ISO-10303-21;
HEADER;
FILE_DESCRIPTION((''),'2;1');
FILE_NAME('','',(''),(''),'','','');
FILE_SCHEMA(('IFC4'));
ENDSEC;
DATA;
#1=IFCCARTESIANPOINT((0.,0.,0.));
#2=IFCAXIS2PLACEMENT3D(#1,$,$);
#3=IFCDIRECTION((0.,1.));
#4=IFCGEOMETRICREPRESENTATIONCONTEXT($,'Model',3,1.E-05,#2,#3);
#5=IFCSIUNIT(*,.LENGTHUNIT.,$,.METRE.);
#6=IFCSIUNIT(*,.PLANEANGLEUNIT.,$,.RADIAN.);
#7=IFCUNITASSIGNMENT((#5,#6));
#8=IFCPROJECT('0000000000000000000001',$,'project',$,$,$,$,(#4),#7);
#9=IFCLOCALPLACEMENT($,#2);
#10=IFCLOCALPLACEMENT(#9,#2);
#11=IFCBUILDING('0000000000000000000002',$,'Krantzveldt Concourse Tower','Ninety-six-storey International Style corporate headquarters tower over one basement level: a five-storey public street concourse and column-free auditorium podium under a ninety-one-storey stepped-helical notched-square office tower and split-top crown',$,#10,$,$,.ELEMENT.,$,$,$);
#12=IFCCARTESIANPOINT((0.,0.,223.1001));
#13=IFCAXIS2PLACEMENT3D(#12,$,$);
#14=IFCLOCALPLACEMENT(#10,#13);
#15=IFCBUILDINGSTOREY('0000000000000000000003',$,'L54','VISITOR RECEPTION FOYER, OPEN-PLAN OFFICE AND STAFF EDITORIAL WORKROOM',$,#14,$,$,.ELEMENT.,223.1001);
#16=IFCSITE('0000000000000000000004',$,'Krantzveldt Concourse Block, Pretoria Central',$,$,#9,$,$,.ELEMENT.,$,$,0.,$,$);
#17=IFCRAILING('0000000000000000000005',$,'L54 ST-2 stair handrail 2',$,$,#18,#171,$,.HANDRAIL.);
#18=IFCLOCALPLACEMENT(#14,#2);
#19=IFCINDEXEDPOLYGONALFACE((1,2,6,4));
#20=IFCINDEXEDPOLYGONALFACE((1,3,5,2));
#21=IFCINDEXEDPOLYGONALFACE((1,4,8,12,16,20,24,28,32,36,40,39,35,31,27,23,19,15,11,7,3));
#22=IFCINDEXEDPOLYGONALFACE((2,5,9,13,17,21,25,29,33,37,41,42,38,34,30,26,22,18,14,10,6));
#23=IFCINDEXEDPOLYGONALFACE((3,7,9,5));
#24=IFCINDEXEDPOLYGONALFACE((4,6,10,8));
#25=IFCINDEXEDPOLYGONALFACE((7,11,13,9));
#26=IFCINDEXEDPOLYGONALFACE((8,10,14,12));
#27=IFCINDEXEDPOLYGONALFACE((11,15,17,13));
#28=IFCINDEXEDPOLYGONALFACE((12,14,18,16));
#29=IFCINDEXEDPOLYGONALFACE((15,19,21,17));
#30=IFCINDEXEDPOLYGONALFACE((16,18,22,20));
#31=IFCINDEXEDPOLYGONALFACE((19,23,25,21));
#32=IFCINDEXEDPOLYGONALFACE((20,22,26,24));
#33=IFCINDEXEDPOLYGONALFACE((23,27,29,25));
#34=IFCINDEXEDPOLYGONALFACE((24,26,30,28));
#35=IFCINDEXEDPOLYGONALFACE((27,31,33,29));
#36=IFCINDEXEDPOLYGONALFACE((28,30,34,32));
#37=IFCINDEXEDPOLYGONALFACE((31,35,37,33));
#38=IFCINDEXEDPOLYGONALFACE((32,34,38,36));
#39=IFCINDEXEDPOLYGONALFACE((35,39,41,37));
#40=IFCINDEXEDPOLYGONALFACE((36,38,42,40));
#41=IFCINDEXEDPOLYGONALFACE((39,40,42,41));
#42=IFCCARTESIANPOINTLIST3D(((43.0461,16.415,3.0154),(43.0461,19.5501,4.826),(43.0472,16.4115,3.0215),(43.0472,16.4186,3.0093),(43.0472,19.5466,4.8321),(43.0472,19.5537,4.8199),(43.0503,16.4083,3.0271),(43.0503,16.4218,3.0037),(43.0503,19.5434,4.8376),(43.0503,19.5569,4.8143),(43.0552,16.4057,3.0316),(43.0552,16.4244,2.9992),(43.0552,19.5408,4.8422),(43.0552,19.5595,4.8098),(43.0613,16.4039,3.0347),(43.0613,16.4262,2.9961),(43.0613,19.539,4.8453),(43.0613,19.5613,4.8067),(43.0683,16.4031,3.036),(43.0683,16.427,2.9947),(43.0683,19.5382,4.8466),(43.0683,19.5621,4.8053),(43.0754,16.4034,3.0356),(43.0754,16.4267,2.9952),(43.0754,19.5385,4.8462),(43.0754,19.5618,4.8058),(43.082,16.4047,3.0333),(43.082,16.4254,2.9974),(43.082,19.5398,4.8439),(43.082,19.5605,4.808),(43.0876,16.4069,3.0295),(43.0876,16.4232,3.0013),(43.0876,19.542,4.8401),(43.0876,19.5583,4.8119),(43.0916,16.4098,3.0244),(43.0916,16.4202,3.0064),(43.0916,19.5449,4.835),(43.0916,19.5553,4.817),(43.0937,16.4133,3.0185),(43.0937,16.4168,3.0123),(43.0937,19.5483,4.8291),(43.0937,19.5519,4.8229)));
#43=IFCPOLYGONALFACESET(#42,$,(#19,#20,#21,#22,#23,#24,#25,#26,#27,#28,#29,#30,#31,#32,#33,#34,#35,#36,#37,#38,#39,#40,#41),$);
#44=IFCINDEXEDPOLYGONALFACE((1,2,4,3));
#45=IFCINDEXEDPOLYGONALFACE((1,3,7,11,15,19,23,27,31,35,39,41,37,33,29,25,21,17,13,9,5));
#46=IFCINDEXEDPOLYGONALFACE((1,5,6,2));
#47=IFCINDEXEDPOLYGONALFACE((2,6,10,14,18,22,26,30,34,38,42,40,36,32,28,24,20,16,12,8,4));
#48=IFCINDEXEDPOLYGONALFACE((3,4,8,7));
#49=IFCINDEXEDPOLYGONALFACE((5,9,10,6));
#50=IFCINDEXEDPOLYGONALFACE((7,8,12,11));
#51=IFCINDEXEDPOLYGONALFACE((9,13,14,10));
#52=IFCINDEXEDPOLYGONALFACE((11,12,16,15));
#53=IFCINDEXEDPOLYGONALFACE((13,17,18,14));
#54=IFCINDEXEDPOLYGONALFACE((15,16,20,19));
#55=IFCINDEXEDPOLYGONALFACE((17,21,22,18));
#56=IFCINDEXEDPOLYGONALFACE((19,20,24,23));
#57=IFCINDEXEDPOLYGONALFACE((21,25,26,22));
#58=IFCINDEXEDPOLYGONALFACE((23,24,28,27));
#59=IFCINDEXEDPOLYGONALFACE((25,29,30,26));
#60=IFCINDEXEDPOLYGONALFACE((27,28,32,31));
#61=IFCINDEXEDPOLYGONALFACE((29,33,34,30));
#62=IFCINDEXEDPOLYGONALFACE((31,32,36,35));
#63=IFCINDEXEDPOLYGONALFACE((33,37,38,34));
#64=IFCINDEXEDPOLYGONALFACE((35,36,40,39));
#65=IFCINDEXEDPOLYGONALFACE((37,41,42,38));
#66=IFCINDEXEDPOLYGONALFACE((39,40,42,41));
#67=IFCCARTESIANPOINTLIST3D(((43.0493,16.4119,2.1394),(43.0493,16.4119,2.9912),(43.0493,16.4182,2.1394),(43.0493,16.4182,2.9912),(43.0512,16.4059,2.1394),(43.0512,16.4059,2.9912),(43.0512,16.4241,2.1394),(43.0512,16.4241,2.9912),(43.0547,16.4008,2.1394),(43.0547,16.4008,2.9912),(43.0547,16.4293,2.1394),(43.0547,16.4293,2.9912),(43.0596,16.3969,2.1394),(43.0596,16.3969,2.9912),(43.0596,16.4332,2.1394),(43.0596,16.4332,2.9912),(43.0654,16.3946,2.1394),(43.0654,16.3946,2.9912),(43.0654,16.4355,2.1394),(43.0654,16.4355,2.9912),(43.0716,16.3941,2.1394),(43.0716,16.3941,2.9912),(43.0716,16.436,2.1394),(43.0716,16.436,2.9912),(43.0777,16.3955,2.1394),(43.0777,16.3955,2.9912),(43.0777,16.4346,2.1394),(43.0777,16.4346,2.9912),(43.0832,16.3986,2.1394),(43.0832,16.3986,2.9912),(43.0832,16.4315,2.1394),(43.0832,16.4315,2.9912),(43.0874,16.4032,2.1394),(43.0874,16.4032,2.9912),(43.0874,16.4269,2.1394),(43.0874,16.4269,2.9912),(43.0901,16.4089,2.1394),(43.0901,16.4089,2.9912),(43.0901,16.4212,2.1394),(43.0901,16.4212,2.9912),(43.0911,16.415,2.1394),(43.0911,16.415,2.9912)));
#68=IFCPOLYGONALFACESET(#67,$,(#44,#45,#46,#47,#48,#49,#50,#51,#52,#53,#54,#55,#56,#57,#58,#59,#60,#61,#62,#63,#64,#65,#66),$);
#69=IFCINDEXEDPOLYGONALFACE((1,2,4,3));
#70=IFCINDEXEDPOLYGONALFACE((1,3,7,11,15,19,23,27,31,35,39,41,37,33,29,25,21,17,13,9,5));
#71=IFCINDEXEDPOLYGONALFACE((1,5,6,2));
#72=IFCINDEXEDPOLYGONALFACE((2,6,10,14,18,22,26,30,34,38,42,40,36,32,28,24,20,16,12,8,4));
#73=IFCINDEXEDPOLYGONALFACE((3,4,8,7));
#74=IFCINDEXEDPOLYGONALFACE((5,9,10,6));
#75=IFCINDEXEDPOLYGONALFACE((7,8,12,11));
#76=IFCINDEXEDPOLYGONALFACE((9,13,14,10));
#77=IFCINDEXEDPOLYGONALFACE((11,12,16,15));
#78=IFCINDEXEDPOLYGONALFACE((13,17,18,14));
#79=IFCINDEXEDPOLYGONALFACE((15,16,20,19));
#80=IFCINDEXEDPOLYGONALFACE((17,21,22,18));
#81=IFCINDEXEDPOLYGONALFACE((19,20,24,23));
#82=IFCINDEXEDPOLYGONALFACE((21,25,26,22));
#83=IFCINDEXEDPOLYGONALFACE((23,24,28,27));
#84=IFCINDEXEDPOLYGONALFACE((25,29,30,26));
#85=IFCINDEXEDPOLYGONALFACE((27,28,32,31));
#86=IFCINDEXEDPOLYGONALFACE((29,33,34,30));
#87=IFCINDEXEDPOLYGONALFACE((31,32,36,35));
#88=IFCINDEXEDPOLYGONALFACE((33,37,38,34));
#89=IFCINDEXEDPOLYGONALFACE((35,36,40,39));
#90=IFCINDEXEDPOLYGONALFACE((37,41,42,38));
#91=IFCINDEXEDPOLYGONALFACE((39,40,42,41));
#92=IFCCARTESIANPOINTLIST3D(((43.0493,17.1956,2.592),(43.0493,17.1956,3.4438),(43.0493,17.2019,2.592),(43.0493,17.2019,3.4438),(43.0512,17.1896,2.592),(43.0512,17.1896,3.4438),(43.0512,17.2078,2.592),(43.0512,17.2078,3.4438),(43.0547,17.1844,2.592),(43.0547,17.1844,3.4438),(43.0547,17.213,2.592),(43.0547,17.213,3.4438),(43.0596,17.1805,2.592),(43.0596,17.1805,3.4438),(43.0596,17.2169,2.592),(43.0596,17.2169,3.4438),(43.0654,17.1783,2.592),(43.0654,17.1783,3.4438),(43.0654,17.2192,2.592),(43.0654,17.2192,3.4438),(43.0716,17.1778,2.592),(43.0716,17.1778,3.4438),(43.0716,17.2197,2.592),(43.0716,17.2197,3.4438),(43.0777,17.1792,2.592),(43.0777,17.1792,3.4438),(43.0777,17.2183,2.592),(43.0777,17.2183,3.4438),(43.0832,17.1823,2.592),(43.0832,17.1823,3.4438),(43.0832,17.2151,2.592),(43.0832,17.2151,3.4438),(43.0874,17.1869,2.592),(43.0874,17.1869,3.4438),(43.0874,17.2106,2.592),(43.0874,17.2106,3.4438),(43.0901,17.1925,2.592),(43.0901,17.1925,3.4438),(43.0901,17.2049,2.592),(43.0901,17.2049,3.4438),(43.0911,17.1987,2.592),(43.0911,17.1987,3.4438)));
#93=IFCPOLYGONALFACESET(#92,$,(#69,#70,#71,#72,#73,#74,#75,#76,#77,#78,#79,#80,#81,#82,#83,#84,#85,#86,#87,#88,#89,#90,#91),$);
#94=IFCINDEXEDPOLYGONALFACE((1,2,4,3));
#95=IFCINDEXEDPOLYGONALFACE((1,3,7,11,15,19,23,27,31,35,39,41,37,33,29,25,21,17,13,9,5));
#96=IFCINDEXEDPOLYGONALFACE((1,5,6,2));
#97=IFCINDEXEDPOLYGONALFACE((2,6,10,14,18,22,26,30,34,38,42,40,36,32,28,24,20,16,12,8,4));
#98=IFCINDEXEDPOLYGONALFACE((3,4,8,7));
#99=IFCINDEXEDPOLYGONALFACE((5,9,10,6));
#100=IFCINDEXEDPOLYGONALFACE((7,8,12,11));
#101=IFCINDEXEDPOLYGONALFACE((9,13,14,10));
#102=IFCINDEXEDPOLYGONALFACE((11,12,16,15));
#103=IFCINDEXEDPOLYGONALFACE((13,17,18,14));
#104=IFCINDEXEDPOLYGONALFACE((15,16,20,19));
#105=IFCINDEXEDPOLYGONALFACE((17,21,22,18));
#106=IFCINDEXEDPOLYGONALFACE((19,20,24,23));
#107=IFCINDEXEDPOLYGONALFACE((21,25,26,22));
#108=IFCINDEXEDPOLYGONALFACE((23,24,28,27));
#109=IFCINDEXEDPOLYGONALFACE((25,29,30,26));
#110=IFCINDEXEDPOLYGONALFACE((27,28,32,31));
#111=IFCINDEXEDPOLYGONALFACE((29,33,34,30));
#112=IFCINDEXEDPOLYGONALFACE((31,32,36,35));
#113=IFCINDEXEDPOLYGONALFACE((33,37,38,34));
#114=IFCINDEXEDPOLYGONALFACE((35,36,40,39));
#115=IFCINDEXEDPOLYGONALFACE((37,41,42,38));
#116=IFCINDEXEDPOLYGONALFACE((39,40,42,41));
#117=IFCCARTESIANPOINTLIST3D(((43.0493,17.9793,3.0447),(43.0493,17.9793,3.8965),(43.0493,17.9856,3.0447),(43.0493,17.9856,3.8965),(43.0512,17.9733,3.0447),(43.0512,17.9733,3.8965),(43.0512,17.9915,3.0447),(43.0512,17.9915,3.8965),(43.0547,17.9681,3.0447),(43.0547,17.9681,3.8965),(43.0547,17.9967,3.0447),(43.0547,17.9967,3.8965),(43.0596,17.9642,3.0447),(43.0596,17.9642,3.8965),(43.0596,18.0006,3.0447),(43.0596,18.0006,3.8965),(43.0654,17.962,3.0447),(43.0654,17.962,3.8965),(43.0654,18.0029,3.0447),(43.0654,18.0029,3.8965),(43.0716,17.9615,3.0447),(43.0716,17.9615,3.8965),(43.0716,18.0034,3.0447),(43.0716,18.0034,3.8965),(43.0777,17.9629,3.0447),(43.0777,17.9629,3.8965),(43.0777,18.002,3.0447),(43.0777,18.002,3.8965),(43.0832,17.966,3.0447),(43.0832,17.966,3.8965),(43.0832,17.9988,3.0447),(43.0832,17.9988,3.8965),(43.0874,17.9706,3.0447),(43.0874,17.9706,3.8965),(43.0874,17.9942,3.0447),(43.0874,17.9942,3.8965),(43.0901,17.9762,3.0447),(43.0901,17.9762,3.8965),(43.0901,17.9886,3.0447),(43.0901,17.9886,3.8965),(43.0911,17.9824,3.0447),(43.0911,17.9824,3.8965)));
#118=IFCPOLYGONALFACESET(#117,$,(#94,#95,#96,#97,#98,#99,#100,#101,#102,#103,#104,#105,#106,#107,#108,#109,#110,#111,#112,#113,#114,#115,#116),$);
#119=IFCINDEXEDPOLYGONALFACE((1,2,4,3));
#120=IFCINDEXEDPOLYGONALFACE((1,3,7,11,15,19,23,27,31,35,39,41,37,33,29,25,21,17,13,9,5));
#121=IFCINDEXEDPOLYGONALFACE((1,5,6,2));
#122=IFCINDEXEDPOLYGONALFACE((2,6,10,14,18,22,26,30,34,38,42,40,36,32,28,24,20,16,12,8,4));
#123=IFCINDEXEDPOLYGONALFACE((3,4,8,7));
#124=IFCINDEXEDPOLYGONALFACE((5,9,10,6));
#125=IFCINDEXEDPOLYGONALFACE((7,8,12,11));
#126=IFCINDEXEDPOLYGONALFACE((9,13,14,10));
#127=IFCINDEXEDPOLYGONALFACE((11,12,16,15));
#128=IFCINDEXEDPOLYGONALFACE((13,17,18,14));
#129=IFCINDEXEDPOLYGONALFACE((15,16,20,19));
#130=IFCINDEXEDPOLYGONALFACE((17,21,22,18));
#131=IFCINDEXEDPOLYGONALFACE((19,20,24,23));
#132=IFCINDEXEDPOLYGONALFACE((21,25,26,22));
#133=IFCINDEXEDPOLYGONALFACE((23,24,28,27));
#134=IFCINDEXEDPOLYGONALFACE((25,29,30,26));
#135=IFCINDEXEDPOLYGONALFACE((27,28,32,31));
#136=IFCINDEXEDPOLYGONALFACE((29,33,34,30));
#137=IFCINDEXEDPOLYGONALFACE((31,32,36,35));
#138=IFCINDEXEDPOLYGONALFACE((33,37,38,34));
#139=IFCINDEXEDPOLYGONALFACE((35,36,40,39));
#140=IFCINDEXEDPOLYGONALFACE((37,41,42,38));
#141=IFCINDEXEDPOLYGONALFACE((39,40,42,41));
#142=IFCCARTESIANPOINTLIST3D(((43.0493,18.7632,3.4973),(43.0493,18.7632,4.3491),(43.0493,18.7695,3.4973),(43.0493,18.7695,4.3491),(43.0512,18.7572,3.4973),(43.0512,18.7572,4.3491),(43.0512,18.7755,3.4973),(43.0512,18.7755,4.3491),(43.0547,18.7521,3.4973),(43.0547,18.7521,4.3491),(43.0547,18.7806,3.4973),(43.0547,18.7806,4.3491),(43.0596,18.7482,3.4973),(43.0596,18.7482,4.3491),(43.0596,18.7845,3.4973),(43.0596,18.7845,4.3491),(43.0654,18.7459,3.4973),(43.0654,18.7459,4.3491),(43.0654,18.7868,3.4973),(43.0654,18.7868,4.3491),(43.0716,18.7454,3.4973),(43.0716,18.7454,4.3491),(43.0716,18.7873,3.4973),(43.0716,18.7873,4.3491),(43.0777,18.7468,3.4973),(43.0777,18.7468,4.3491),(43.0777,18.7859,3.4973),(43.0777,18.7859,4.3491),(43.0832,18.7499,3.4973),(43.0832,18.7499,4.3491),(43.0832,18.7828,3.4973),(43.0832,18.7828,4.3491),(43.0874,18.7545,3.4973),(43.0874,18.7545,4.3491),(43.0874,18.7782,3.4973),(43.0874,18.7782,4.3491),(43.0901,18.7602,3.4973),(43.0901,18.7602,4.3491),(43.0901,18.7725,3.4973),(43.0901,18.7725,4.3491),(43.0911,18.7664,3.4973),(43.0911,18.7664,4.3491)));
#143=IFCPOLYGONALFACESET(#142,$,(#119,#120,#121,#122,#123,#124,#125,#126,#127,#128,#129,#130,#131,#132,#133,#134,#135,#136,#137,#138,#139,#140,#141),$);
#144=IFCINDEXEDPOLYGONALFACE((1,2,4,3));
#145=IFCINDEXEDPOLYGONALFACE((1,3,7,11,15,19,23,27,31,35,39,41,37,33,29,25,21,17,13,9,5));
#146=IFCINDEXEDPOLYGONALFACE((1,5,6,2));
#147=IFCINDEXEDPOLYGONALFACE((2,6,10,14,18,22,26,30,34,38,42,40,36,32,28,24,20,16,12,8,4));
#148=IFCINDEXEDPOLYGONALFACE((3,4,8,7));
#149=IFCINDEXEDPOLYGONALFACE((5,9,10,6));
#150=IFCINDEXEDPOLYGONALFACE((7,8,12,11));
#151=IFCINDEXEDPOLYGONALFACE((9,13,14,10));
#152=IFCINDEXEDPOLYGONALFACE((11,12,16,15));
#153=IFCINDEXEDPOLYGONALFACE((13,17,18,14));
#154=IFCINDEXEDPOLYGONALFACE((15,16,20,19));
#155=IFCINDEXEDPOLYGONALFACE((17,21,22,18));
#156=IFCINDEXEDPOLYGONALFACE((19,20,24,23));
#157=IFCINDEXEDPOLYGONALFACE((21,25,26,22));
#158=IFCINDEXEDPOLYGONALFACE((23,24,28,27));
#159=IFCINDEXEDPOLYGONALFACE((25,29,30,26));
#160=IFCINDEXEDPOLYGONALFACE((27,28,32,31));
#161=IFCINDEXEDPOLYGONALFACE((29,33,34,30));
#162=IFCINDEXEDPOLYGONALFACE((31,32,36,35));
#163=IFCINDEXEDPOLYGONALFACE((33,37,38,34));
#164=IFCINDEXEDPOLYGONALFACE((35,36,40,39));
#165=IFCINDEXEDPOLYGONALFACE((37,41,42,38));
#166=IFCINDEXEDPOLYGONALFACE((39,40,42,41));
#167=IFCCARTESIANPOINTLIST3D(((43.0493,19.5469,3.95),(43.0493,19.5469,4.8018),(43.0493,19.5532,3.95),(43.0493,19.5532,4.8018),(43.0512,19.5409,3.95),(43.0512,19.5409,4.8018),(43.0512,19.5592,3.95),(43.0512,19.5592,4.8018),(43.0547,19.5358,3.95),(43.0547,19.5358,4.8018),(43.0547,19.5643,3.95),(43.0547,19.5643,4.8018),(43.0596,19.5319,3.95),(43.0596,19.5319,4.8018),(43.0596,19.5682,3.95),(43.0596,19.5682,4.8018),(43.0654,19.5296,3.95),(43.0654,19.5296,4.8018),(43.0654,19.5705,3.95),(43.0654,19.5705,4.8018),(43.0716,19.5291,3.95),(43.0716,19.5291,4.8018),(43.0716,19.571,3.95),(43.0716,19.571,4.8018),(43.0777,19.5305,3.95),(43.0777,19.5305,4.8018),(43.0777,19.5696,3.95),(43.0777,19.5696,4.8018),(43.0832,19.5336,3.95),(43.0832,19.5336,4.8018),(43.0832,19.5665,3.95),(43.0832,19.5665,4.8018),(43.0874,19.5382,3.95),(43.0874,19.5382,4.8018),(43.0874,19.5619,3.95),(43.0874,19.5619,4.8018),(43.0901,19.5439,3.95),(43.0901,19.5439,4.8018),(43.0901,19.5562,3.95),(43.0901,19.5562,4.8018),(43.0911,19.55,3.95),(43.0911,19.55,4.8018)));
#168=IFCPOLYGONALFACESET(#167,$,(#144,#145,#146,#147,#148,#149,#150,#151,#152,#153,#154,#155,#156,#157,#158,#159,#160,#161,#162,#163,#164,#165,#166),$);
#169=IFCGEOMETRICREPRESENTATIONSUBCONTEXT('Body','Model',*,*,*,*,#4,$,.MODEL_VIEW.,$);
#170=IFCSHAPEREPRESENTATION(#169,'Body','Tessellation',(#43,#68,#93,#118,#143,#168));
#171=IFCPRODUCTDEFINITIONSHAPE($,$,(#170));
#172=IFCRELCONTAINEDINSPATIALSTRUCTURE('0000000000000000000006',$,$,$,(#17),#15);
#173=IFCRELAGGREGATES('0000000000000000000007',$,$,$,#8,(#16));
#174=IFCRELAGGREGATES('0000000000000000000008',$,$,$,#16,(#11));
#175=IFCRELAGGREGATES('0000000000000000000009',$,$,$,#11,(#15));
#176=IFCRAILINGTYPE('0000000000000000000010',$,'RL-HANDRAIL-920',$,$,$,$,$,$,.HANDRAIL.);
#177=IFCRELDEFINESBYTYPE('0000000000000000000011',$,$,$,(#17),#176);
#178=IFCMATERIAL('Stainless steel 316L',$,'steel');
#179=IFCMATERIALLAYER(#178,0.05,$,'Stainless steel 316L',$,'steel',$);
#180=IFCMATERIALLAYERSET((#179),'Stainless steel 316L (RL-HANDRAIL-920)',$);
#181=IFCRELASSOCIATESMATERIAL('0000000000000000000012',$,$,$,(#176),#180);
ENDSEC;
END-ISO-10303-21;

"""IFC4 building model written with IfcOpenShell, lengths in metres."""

from ifc_helpers import new_model, si_unit, direction, frame, origin, origin_2d, place, context, subcontext, project, spatial, circle, extrude, material, layer, layer_set, type_object, element, save


model = new_model("IFC4")

# Units and contexts
model_context = context("Model", 3, precision=1e-05, world=origin(), true_north=direction((0.0, 1.0)))
body_context = subcontext(model_context, "Body", "Model", "MODEL_VIEW")
ifc_project = project(units=[si_unit("LENGTHUNIT", "METRE"), si_unit("PLANEANGLEUNIT", "RADIAN")], contexts=[model_context])

# Site, building, storey
site_placement = place(None, origin())
site = spatial("IfcSite", under=ifc_project, at=site_placement, Name="Krantzveldt Concourse Block, Pretoria Central", CompositionType="ELEMENT", RefElevation=0.0)
building_placement = place(site_placement, origin())
building = spatial("IfcBuilding", under=site, at=building_placement, Name="Krantzveldt Concourse Tower", Description="Ninety-six-storey International Style corporate headquarters tower over one basement level: a five-storey public street concourse and column-free auditorium podium under a ninety-one-storey stepped-helical notched-square office tower and split-top crown", CompositionType="ELEMENT")
storey_placement = place(building_placement, frame((0.0, 0.0, 223.1001)))
storey = spatial("IfcBuildingStorey", under=building, at=storey_placement, Name="L54", Description="VISITOR RECEPTION FOYER, OPEN-PLAN OFFICE AND STAFF EDITORIAL WORKROOM", CompositionType="ELEMENT", Elevation=223.1001)

# Shared definitions
ifc_material_1 = material(Name="Stainless steel 316L", Category="steel")

# Railing
ifc_layer_1 = layer(ifc_material_1, 0.05, Name="Stainless steel 316L", Category="steel")
ifc_layer_set_1 = layer_set([ifc_layer_1], Name="Stainless steel 316L (RL-HANDRAIL-920)")
railing_type_1 = type_object("IfcRailingType", Name="RL-HANDRAIL-920", PredefinedType="HANDRAIL", material=ifc_layer_set_1)
railing_1_placement = place(storey_placement, frame((43.0701, 16.415, 2.1394)))
element("IfcRailing", 1, at=railing_1_placement, inside=storey, type_object=railing_type_1, Name="L54 ST-2 stair handrail 2", PredefinedType="HANDRAIL", context=body_context, shape_type="SweptSolid", body=[
    extrude(circle(Radius=0.0239, at=origin_2d()), frame((0.0, 0.0, 0.876), z_axis=(0.0, 0.86596, 0.500114), x_axis=(-1.0, 0.0, 0.0)), (0.0, 0.0, 1.0), 3.6204),
    extrude(circle(Radius=0.021, at=origin_2d()), origin(), (0.0, 0.0, 1.0), 0.8518),
    extrude(circle(Radius=0.021, at=origin_2d()), frame((0.0, 0.7837, 0.4526)), (0.0, 0.0, 1.0), 0.8518),
    extrude(circle(Radius=0.021, at=origin_2d()), frame((0.0, 1.5674, 0.9053)), (0.0, 0.0, 1.0), 0.8518),
    extrude(circle(Radius=0.021, at=origin_2d()), frame((0.0, 2.3513, 1.3579)), (0.0, 0.0, 1.0), 0.8518),
    extrude(circle(Radius=0.021, at=origin_2d()), frame((0.0, 3.135, 1.8105)), (0.0, 0.0, 1.0), 0.8518),
])

save(model, "model.ifc")
